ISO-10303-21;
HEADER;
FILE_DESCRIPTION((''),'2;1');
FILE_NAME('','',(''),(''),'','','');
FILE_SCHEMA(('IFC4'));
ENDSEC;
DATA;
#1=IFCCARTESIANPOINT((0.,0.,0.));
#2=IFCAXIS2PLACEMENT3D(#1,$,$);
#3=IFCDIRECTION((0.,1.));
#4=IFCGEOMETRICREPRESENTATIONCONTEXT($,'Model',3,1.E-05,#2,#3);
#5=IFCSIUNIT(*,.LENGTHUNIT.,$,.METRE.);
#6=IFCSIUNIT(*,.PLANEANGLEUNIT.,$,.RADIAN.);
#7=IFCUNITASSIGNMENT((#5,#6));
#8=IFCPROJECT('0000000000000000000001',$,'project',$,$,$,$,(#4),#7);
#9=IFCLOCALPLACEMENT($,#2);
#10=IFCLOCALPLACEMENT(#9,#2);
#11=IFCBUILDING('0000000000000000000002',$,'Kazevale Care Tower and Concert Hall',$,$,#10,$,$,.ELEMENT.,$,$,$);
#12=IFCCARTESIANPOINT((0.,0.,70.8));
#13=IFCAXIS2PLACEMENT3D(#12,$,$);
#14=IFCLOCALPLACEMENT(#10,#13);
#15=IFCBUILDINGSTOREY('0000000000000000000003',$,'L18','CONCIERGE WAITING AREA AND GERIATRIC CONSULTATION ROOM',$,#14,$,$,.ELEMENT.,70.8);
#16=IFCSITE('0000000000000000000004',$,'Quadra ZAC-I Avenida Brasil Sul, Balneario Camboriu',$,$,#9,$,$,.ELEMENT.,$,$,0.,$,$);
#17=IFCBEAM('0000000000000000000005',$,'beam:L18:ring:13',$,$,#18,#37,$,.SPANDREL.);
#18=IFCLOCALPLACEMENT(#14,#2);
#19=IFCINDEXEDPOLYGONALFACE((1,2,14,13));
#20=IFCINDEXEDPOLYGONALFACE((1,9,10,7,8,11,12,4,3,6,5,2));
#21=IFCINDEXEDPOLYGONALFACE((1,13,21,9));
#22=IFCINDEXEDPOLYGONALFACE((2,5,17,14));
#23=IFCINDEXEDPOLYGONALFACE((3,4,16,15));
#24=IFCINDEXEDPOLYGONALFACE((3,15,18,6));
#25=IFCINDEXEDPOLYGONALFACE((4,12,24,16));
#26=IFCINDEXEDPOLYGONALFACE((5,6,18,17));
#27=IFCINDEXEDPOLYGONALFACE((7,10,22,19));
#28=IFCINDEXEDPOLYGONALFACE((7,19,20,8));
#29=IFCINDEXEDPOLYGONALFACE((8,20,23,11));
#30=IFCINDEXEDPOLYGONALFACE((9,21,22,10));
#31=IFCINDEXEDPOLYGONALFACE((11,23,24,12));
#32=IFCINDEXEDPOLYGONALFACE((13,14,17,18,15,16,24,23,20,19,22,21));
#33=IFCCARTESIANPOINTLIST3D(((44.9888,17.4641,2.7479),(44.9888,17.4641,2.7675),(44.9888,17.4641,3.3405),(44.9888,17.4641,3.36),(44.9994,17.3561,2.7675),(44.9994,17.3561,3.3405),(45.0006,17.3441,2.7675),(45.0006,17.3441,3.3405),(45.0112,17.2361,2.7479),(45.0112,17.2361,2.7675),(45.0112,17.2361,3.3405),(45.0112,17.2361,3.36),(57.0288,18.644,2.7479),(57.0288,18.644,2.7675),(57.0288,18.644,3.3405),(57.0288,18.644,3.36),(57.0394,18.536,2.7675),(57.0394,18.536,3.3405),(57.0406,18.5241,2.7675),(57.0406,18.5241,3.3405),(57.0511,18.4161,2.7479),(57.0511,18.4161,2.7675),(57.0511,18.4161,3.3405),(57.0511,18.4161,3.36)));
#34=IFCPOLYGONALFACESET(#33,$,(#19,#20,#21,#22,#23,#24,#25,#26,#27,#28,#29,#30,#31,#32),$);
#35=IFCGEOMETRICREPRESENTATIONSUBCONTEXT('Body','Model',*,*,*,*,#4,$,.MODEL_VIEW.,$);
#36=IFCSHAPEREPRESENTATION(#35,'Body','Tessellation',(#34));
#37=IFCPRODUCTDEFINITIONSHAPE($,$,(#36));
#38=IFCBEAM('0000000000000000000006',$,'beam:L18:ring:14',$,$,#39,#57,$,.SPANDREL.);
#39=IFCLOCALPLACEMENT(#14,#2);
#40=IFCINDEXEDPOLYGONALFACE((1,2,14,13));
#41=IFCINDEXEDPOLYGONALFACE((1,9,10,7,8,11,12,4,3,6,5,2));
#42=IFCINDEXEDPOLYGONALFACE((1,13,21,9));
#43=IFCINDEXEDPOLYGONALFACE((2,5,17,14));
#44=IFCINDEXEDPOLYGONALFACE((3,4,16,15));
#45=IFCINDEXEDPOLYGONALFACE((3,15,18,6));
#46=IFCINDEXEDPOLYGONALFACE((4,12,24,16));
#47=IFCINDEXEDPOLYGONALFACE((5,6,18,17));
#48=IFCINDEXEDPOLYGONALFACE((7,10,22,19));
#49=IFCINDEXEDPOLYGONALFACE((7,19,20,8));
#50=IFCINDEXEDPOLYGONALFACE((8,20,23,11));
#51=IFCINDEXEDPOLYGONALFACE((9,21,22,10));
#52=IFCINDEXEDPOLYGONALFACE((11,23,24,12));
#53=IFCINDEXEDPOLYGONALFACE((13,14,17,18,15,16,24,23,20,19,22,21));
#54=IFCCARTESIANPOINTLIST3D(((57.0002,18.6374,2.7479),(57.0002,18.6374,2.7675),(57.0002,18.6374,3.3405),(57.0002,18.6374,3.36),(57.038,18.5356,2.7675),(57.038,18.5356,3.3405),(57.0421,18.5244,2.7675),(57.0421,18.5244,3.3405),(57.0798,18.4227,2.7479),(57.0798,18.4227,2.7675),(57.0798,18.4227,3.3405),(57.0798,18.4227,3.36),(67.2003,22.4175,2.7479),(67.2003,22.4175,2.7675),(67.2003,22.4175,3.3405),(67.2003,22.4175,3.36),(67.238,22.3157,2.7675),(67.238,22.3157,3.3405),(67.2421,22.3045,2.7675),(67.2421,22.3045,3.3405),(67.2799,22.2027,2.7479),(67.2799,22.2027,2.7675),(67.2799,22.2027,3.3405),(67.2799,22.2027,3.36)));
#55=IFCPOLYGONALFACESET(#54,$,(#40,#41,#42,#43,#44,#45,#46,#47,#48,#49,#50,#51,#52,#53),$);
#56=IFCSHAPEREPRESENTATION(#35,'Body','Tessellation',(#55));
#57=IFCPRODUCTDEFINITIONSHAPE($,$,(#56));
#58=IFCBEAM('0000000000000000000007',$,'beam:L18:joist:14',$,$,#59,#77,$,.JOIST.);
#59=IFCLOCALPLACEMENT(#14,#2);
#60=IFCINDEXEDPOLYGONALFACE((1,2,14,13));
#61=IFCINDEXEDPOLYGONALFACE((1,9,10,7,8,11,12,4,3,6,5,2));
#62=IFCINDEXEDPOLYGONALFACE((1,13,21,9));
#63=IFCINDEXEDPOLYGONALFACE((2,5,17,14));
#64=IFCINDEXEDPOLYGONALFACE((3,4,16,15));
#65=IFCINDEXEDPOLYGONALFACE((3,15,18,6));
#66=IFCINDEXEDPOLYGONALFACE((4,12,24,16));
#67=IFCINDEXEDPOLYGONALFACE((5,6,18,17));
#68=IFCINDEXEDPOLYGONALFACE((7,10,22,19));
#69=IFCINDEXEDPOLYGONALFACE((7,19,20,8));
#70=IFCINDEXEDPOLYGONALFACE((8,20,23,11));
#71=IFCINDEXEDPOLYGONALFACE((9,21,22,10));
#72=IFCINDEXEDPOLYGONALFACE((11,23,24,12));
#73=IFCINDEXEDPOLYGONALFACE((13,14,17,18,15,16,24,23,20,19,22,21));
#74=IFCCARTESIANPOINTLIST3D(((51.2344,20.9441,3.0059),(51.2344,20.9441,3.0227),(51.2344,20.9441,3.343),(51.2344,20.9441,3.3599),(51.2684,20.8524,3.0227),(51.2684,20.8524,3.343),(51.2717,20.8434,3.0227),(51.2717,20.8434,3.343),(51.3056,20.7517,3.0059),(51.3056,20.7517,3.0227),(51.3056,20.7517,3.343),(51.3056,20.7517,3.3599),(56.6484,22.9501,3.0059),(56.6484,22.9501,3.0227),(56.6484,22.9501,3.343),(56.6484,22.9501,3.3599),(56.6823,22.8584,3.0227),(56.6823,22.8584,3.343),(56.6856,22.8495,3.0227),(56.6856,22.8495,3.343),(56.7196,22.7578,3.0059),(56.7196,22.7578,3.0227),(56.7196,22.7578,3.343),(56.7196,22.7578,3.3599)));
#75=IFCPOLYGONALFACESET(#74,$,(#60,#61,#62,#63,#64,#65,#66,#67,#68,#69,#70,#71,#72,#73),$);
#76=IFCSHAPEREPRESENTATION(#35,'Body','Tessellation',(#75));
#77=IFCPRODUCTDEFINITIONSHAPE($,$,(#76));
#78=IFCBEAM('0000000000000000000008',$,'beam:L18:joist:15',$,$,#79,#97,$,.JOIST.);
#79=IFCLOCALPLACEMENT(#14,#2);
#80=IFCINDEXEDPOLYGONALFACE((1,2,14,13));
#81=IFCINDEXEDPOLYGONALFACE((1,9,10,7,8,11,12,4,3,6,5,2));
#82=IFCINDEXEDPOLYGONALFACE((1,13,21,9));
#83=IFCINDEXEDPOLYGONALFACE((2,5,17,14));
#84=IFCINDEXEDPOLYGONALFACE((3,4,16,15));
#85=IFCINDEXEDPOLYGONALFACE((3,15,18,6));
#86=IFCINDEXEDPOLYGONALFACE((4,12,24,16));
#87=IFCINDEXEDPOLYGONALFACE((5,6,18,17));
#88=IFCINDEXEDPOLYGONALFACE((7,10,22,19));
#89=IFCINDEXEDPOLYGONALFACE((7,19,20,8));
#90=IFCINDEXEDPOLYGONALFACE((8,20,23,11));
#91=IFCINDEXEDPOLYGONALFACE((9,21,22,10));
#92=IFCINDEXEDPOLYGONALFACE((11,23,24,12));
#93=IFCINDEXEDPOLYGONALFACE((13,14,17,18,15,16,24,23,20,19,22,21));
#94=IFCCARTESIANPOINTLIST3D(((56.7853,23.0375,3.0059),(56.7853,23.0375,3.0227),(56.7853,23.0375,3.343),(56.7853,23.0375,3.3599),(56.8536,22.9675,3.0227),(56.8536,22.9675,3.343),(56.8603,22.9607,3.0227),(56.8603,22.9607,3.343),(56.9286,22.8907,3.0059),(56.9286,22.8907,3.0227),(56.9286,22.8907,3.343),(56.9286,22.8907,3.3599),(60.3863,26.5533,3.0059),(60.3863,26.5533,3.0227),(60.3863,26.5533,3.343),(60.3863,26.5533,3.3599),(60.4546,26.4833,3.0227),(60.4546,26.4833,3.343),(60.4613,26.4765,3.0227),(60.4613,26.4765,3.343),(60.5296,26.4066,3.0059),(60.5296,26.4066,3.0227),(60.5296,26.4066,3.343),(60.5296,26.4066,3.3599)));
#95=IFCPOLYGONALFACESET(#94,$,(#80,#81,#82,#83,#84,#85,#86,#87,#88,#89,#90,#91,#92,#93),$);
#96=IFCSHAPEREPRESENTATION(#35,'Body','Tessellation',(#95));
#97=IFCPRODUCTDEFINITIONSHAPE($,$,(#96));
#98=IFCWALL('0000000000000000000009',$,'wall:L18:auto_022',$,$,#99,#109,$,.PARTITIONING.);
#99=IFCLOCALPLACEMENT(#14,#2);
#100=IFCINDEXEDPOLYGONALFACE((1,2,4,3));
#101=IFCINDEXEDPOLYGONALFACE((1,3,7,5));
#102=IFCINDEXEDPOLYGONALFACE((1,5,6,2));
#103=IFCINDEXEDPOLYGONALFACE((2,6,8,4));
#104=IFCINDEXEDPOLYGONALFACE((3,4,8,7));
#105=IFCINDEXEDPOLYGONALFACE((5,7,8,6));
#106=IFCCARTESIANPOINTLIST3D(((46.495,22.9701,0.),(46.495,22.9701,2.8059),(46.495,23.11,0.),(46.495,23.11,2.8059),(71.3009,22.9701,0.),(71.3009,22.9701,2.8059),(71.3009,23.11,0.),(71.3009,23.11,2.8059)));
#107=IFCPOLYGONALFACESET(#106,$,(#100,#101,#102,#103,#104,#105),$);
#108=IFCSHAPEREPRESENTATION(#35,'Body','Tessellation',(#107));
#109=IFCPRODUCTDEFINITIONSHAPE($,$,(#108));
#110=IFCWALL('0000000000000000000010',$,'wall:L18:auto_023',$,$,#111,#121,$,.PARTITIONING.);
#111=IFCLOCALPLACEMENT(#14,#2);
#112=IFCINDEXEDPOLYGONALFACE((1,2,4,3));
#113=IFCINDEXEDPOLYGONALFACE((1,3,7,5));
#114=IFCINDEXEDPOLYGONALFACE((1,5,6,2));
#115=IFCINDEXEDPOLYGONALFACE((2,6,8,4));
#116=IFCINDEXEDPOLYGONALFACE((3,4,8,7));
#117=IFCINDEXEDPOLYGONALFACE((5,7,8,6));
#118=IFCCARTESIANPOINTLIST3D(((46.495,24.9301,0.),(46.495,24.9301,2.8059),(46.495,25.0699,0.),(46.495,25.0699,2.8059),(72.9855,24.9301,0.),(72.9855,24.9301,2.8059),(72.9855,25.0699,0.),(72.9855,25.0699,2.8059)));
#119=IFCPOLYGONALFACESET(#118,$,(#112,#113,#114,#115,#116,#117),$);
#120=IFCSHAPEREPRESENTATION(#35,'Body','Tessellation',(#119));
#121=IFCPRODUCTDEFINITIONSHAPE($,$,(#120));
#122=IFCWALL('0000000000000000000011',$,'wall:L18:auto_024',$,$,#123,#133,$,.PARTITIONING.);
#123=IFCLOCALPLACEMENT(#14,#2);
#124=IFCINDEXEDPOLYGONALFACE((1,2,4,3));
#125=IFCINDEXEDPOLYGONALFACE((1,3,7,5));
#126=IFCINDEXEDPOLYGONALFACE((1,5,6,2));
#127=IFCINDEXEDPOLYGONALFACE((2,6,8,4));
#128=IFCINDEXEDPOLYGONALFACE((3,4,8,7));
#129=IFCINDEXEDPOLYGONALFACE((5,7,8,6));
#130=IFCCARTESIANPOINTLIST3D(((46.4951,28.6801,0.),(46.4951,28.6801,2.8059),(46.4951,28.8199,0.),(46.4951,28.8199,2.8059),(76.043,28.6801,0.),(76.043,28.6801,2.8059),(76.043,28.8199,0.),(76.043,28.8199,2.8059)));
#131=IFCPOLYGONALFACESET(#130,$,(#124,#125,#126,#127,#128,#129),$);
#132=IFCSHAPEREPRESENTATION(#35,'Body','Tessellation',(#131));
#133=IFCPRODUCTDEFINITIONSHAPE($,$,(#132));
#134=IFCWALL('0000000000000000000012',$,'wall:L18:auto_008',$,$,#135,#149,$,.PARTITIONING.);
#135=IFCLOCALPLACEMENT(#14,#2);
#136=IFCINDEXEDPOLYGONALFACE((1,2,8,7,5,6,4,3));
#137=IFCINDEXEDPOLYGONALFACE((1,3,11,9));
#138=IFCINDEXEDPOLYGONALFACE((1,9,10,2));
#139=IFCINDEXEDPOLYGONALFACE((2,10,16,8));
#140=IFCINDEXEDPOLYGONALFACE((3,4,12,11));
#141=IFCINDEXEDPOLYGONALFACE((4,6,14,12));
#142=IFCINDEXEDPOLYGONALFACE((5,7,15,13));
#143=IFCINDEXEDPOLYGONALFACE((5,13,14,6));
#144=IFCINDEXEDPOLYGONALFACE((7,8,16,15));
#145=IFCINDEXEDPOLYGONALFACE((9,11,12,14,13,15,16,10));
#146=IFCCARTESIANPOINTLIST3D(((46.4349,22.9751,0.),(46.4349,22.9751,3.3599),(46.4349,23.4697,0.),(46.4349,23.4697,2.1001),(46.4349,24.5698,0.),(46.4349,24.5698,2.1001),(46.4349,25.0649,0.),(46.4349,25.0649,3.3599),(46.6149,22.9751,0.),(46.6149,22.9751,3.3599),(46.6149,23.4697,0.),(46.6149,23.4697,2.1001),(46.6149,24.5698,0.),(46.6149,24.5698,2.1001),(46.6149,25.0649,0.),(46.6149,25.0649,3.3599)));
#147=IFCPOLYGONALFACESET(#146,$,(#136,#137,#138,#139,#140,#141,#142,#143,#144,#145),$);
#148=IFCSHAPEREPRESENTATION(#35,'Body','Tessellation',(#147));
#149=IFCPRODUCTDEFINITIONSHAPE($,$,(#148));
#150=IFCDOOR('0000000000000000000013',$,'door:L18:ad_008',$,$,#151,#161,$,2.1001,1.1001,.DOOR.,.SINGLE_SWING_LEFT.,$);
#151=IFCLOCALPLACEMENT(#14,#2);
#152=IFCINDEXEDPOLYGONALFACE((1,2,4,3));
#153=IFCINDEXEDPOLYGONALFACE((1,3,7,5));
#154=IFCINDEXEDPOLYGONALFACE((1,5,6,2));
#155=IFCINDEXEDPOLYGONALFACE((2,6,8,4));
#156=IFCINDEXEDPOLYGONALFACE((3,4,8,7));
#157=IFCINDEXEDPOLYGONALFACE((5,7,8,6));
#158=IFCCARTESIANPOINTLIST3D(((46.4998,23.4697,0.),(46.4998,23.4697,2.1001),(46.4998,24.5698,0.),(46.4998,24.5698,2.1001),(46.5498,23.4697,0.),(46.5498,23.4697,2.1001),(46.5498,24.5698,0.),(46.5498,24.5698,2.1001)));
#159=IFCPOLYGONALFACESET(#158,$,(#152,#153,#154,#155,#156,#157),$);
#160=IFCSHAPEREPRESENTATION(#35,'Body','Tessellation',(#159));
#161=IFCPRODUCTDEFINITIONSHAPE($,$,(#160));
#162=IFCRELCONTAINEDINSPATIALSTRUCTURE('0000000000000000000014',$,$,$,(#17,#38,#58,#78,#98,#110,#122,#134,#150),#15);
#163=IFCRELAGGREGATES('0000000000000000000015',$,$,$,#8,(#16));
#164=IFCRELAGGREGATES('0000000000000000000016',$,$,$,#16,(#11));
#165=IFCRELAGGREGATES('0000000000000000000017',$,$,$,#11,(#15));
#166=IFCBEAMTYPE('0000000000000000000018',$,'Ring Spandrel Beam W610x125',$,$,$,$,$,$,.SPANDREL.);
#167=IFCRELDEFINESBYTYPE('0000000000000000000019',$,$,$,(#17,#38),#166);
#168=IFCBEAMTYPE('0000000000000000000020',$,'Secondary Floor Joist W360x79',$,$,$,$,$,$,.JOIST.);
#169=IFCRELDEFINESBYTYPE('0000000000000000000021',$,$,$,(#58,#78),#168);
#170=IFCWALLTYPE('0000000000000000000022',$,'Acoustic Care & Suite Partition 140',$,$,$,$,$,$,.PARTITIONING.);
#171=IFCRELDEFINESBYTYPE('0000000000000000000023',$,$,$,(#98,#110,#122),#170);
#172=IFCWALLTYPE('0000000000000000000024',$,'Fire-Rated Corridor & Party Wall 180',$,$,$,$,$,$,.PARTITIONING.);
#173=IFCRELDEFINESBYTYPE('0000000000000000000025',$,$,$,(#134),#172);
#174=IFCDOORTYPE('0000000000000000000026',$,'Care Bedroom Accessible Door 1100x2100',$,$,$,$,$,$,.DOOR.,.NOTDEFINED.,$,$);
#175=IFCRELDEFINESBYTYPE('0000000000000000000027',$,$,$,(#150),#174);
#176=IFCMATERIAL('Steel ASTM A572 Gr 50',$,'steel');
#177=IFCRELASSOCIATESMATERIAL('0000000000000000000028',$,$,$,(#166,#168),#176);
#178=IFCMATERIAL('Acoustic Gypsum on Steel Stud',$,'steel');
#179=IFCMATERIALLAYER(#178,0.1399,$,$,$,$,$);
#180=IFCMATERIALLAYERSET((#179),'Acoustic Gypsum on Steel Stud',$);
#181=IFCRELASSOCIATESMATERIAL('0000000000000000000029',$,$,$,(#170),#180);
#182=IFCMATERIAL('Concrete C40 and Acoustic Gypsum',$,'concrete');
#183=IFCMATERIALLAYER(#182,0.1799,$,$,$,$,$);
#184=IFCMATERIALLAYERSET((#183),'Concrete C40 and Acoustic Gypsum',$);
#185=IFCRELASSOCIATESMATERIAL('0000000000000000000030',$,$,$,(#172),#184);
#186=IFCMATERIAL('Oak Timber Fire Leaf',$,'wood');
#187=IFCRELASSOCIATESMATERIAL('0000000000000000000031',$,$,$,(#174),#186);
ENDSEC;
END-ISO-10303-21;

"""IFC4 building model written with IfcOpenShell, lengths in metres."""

from ifc_helpers import new_model, si_unit, direction, frame, frame_2d, origin, origin_2d, place, context, subcontext, project, spatial, rectangle, i_section, extrude, material, layer, layer_set, material_profile, profile_set, type_object, element, fill, save


model = new_model("IFC4")

# Units and contexts
model_context = context("Model", 3, precision=1e-05, world=origin(), true_north=direction((0.0, 1.0)))
body_context = subcontext(model_context, "Body", "Model", "MODEL_VIEW")
ifc_project = project(units=[si_unit("LENGTHUNIT", "METRE"), si_unit("PLANEANGLEUNIT", "RADIAN")], contexts=[model_context])

# Site, building, storey
site_placement = place(None, origin())
site = spatial("IfcSite", under=ifc_project, at=site_placement, Name="Quadra ZAC-I Avenida Brasil Sul, Balneario Camboriu", CompositionType="ELEMENT", RefElevation=0.0)
building_placement = place(site_placement, origin())
building = spatial("IfcBuilding", under=site, at=building_placement, Name="Kazevale Care Tower and Concert Hall", CompositionType="ELEMENT")
storey_placement = place(building_placement, frame((0.0, 0.0, 70.8)))
storey = spatial("IfcBuildingStorey", under=building, at=storey_placement, Name="L18", Description="CONCIERGE WAITING AREA AND GERIATRIC CONSULTATION ROOM", CompositionType="ELEMENT", Elevation=70.8)

# Beams
ifc_material_1 = material(Name="Steel ASTM A572 Gr 50", Category="steel")
ifc_material_profile_1 = material_profile(ifc_material_1, i_section(OverallWidth=0.229, OverallDepth=0.6121, WebThickness=0.012, FlangeThickness=0.0195, at=origin_2d()), Name="W610x125")
ifc_profile_set_1 = profile_set([ifc_material_profile_1], Name="Steel ASTM A572 Gr 50")
beam_type_1 = type_object("IfcBeamType", Name="Ring Spandrel Beam W610x125", PredefinedType="SPANDREL", material=ifc_profile_set_1)
beam_1_placement = place(storey_placement, frame((45.0, 17.3501, 3.054), z_axis=(0.995232, 0.097533, 0.0), x_axis=(-0.097533, 0.995232, 0.0)))
element("IfcBeam", 1, at=beam_1_placement, inside=storey, type_object=beam_type_1, Name="beam:L18:ring:13", PredefinedType="SPANDREL", context=body_context, shape_type="SweptSolid", body=[
    extrude(i_section(OverallWidth=0.229, OverallDepth=0.6121, WebThickness=0.012, FlangeThickness=0.0195, at=origin_2d()), origin(), (0.0, 0.0, 1.0), 12.0977),
])
beam_2_placement = place(storey_placement, frame((57.04, 18.53, 3.054), z_axis=(0.937681, 0.347498, 0.0), x_axis=(-0.347498, 0.937681, 0.0)))
element("IfcBeam", 2, at=beam_2_placement, inside=storey, type_object=beam_type_1, Name="beam:L18:ring:14", PredefinedType="SPANDREL", context=body_context, shape_type="SweptSolid", body=[
    extrude(i_section(OverallWidth=0.229, OverallDepth=0.6121, WebThickness=0.012, FlangeThickness=0.0195, at=origin_2d()), origin(), (0.0, 0.0, 1.0), 10.8779),
])
ifc_material_profile_2 = material_profile(ifc_material_1, i_section(OverallWidth=0.2051, OverallDepth=0.354, WebThickness=0.0095, FlangeThickness=0.0168, at=origin_2d()), Name="W360x79")
ifc_profile_set_2 = profile_set([ifc_material_profile_2], Name="Steel ASTM A572 Gr 50")
beam_type_2 = type_object("IfcBeamType", Name="Secondary Floor Joist W360x79", PredefinedType="JOIST", material=ifc_profile_set_2)
beam_3_placement = place(storey_placement, frame((51.27, 20.8479, 3.1829), z_axis=(0.937698, 0.347451, 0.0), x_axis=(-0.347451, 0.937698, 0.0)))
element("IfcBeam", 3, at=beam_3_placement, inside=storey, type_object=beam_type_2, Name="beam:L18:joist:14", PredefinedType="JOIST", context=body_context, shape_type="SweptSolid", body=[
    extrude(i_section(OverallWidth=0.2051, OverallDepth=0.354, WebThickness=0.0095, FlangeThickness=0.0168, at=origin_2d()), origin(), (0.0, 0.0, 1.0), 5.7737),
])
beam_4_placement = place(storey_placement, frame((56.8569, 22.9641, 3.1829), z_axis=(0.715521, 0.698591, 0.0), x_axis=(-0.698591, 0.715521, 0.0)))
element("IfcBeam", 4, at=beam_4_placement, inside=storey, type_object=beam_type_2, Name="beam:L18:joist:15", PredefinedType="JOIST", context=body_context, shape_type="SweptSolid", body=[
    extrude(i_section(OverallWidth=0.2051, OverallDepth=0.354, WebThickness=0.0095, FlangeThickness=0.0168, at=origin_2d()), origin(), (0.0, 0.0, 1.0), 5.0327),
])

# Walls
ifc_material_2 = material(Name="Acoustic Gypsum on Steel Stud", Category="steel")
ifc_layer_1 = layer(ifc_material_2, 0.1399)
ifc_layer_set_1 = layer_set([ifc_layer_1], Name="Acoustic Gypsum on Steel Stud")
wall_type_1 = type_object("IfcWallType", Name="Acoustic Care & Suite Partition 140", PredefinedType="PARTITIONING", material=ifc_layer_set_1)
wall_1_placement = place(storey_placement, frame((46.4951, 23.04, 0.0), z_axis=(0.0, 0.0, 1.0), x_axis=(1.0, 0.0, 0.0)))
element("IfcWall", 5, at=wall_1_placement, inside=storey, type_object=wall_type_1, Name="wall:L18:auto_022", PredefinedType="PARTITIONING", context=body_context, shape_type="SweptSolid", body=[
    extrude(rectangle(XDim=24.8059, YDim=0.1399, at=frame_2d((12.4028, 0.0))), origin(), (0.0, 0.0, 1.0), 2.8059),
])
wall_2_placement = place(storey_placement, frame((46.4951, 25.0, 0.0), z_axis=(0.0, 0.0, 1.0), x_axis=(1.0, 0.0, 0.0)))
element("IfcWall", 6, at=wall_2_placement, inside=storey, type_object=wall_type_1, Name="wall:L18:auto_023", PredefinedType="PARTITIONING", context=body_context, shape_type="SweptSolid", body=[
    extrude(rectangle(XDim=26.4905, YDim=0.1399, at=frame_2d((13.2451, 0.0))), origin(), (0.0, 0.0, 1.0), 2.8059),
])
wall_3_placement = place(storey_placement, frame((46.4951, 28.75, 0.0), z_axis=(0.0, 0.0, 1.0), x_axis=(1.0, 0.0, 0.0)))
element("IfcWall", 7, at=wall_3_placement, inside=storey, type_object=wall_type_1, Name="wall:L18:auto_024", PredefinedType="PARTITIONING", context=body_context, shape_type="SweptSolid", body=[
    extrude(rectangle(XDim=29.5479, YDim=0.1399, at=frame_2d((14.7739, 0.0))), origin(), (0.0, 0.0, 1.0), 2.8059),
])

# Wall, opening, door
ifc_material_3 = material(Name="Concrete C40 and Acoustic Gypsum", Category="concrete")
ifc_layer_2 = layer(ifc_material_3, 0.1799)
ifc_layer_set_2 = layer_set([ifc_layer_2], Name="Concrete C40 and Acoustic Gypsum")
wall_type_2 = type_object("IfcWallType", Name="Fire-Rated Corridor & Party Wall 180", PredefinedType="PARTITIONING", material=ifc_layer_set_2)
ifc_material_4 = material(Name="Oak Timber Fire Leaf", Category="wood")
wall_4_placement = place(storey_placement, frame((46.5249, 25.0649, 0.0), z_axis=(0.0, 0.0, 1.0), x_axis=(0.0, -1.0, 0.0)))
wall_4 = element("IfcWall", 8, at=wall_4_placement, inside=storey, type_object=wall_type_2, Name="wall:L18:auto_008", PredefinedType="PARTITIONING", context=body_context, shape_type="SweptSolid", body=[
    extrude(rectangle(XDim=2.0898, YDim=0.1799, at=frame_2d((1.0449, 0.0))), origin(), (0.0, 0.0, 1.0), 3.3599),
])
opening_1_placement = place(wall_4_placement, frame((0.4951, 0.0, 0.0)))
opening_1 = element("IfcOpeningElement", 9, at=opening_1_placement, cuts=wall_4, PredefinedType="OPENING", context=body_context, shape_type="SweptSolid", body=[
    extrude(rectangle(XDim=1.1001, YDim=2.1001, at=frame_2d((0.55, 1.05))), frame((0.0, 0.0999, 0.0), z_axis=(0.0, -1.0, 0.0), x_axis=(1.0, 0.0, 0.0)), (0.0, 0.0, 1.0), 0.2),
])
door_type_1 = type_object("IfcDoorType", Name="Care Bedroom Accessible Door 1100x2100", OperationType="NOTDEFINED", PredefinedType="DOOR", material=ifc_material_4)
door_1_placement = place(opening_1_placement, origin())
door_1 = element("IfcDoor", 10, at=door_1_placement, inside=storey, type_object=door_type_1, Name="door:L18:ad_008", OperationType="SINGLE_SWING_LEFT", OverallHeight=2.1001, OverallWidth=1.1001, PredefinedType="DOOR", context=body_context, shape_type="SweptSolid", body=[
    extrude(rectangle(XDim=1.1001, YDim=2.1001, at=frame_2d((0.55, 1.05))), frame((0.0, 0.0249, 0.0), z_axis=(0.0, -1.0, 0.0), x_axis=(1.0, 0.0, 0.0)), (0.0, 0.0, 1.0), 0.05),
])
fill(opening_1, door_1)

save(model, "model.ifc")
